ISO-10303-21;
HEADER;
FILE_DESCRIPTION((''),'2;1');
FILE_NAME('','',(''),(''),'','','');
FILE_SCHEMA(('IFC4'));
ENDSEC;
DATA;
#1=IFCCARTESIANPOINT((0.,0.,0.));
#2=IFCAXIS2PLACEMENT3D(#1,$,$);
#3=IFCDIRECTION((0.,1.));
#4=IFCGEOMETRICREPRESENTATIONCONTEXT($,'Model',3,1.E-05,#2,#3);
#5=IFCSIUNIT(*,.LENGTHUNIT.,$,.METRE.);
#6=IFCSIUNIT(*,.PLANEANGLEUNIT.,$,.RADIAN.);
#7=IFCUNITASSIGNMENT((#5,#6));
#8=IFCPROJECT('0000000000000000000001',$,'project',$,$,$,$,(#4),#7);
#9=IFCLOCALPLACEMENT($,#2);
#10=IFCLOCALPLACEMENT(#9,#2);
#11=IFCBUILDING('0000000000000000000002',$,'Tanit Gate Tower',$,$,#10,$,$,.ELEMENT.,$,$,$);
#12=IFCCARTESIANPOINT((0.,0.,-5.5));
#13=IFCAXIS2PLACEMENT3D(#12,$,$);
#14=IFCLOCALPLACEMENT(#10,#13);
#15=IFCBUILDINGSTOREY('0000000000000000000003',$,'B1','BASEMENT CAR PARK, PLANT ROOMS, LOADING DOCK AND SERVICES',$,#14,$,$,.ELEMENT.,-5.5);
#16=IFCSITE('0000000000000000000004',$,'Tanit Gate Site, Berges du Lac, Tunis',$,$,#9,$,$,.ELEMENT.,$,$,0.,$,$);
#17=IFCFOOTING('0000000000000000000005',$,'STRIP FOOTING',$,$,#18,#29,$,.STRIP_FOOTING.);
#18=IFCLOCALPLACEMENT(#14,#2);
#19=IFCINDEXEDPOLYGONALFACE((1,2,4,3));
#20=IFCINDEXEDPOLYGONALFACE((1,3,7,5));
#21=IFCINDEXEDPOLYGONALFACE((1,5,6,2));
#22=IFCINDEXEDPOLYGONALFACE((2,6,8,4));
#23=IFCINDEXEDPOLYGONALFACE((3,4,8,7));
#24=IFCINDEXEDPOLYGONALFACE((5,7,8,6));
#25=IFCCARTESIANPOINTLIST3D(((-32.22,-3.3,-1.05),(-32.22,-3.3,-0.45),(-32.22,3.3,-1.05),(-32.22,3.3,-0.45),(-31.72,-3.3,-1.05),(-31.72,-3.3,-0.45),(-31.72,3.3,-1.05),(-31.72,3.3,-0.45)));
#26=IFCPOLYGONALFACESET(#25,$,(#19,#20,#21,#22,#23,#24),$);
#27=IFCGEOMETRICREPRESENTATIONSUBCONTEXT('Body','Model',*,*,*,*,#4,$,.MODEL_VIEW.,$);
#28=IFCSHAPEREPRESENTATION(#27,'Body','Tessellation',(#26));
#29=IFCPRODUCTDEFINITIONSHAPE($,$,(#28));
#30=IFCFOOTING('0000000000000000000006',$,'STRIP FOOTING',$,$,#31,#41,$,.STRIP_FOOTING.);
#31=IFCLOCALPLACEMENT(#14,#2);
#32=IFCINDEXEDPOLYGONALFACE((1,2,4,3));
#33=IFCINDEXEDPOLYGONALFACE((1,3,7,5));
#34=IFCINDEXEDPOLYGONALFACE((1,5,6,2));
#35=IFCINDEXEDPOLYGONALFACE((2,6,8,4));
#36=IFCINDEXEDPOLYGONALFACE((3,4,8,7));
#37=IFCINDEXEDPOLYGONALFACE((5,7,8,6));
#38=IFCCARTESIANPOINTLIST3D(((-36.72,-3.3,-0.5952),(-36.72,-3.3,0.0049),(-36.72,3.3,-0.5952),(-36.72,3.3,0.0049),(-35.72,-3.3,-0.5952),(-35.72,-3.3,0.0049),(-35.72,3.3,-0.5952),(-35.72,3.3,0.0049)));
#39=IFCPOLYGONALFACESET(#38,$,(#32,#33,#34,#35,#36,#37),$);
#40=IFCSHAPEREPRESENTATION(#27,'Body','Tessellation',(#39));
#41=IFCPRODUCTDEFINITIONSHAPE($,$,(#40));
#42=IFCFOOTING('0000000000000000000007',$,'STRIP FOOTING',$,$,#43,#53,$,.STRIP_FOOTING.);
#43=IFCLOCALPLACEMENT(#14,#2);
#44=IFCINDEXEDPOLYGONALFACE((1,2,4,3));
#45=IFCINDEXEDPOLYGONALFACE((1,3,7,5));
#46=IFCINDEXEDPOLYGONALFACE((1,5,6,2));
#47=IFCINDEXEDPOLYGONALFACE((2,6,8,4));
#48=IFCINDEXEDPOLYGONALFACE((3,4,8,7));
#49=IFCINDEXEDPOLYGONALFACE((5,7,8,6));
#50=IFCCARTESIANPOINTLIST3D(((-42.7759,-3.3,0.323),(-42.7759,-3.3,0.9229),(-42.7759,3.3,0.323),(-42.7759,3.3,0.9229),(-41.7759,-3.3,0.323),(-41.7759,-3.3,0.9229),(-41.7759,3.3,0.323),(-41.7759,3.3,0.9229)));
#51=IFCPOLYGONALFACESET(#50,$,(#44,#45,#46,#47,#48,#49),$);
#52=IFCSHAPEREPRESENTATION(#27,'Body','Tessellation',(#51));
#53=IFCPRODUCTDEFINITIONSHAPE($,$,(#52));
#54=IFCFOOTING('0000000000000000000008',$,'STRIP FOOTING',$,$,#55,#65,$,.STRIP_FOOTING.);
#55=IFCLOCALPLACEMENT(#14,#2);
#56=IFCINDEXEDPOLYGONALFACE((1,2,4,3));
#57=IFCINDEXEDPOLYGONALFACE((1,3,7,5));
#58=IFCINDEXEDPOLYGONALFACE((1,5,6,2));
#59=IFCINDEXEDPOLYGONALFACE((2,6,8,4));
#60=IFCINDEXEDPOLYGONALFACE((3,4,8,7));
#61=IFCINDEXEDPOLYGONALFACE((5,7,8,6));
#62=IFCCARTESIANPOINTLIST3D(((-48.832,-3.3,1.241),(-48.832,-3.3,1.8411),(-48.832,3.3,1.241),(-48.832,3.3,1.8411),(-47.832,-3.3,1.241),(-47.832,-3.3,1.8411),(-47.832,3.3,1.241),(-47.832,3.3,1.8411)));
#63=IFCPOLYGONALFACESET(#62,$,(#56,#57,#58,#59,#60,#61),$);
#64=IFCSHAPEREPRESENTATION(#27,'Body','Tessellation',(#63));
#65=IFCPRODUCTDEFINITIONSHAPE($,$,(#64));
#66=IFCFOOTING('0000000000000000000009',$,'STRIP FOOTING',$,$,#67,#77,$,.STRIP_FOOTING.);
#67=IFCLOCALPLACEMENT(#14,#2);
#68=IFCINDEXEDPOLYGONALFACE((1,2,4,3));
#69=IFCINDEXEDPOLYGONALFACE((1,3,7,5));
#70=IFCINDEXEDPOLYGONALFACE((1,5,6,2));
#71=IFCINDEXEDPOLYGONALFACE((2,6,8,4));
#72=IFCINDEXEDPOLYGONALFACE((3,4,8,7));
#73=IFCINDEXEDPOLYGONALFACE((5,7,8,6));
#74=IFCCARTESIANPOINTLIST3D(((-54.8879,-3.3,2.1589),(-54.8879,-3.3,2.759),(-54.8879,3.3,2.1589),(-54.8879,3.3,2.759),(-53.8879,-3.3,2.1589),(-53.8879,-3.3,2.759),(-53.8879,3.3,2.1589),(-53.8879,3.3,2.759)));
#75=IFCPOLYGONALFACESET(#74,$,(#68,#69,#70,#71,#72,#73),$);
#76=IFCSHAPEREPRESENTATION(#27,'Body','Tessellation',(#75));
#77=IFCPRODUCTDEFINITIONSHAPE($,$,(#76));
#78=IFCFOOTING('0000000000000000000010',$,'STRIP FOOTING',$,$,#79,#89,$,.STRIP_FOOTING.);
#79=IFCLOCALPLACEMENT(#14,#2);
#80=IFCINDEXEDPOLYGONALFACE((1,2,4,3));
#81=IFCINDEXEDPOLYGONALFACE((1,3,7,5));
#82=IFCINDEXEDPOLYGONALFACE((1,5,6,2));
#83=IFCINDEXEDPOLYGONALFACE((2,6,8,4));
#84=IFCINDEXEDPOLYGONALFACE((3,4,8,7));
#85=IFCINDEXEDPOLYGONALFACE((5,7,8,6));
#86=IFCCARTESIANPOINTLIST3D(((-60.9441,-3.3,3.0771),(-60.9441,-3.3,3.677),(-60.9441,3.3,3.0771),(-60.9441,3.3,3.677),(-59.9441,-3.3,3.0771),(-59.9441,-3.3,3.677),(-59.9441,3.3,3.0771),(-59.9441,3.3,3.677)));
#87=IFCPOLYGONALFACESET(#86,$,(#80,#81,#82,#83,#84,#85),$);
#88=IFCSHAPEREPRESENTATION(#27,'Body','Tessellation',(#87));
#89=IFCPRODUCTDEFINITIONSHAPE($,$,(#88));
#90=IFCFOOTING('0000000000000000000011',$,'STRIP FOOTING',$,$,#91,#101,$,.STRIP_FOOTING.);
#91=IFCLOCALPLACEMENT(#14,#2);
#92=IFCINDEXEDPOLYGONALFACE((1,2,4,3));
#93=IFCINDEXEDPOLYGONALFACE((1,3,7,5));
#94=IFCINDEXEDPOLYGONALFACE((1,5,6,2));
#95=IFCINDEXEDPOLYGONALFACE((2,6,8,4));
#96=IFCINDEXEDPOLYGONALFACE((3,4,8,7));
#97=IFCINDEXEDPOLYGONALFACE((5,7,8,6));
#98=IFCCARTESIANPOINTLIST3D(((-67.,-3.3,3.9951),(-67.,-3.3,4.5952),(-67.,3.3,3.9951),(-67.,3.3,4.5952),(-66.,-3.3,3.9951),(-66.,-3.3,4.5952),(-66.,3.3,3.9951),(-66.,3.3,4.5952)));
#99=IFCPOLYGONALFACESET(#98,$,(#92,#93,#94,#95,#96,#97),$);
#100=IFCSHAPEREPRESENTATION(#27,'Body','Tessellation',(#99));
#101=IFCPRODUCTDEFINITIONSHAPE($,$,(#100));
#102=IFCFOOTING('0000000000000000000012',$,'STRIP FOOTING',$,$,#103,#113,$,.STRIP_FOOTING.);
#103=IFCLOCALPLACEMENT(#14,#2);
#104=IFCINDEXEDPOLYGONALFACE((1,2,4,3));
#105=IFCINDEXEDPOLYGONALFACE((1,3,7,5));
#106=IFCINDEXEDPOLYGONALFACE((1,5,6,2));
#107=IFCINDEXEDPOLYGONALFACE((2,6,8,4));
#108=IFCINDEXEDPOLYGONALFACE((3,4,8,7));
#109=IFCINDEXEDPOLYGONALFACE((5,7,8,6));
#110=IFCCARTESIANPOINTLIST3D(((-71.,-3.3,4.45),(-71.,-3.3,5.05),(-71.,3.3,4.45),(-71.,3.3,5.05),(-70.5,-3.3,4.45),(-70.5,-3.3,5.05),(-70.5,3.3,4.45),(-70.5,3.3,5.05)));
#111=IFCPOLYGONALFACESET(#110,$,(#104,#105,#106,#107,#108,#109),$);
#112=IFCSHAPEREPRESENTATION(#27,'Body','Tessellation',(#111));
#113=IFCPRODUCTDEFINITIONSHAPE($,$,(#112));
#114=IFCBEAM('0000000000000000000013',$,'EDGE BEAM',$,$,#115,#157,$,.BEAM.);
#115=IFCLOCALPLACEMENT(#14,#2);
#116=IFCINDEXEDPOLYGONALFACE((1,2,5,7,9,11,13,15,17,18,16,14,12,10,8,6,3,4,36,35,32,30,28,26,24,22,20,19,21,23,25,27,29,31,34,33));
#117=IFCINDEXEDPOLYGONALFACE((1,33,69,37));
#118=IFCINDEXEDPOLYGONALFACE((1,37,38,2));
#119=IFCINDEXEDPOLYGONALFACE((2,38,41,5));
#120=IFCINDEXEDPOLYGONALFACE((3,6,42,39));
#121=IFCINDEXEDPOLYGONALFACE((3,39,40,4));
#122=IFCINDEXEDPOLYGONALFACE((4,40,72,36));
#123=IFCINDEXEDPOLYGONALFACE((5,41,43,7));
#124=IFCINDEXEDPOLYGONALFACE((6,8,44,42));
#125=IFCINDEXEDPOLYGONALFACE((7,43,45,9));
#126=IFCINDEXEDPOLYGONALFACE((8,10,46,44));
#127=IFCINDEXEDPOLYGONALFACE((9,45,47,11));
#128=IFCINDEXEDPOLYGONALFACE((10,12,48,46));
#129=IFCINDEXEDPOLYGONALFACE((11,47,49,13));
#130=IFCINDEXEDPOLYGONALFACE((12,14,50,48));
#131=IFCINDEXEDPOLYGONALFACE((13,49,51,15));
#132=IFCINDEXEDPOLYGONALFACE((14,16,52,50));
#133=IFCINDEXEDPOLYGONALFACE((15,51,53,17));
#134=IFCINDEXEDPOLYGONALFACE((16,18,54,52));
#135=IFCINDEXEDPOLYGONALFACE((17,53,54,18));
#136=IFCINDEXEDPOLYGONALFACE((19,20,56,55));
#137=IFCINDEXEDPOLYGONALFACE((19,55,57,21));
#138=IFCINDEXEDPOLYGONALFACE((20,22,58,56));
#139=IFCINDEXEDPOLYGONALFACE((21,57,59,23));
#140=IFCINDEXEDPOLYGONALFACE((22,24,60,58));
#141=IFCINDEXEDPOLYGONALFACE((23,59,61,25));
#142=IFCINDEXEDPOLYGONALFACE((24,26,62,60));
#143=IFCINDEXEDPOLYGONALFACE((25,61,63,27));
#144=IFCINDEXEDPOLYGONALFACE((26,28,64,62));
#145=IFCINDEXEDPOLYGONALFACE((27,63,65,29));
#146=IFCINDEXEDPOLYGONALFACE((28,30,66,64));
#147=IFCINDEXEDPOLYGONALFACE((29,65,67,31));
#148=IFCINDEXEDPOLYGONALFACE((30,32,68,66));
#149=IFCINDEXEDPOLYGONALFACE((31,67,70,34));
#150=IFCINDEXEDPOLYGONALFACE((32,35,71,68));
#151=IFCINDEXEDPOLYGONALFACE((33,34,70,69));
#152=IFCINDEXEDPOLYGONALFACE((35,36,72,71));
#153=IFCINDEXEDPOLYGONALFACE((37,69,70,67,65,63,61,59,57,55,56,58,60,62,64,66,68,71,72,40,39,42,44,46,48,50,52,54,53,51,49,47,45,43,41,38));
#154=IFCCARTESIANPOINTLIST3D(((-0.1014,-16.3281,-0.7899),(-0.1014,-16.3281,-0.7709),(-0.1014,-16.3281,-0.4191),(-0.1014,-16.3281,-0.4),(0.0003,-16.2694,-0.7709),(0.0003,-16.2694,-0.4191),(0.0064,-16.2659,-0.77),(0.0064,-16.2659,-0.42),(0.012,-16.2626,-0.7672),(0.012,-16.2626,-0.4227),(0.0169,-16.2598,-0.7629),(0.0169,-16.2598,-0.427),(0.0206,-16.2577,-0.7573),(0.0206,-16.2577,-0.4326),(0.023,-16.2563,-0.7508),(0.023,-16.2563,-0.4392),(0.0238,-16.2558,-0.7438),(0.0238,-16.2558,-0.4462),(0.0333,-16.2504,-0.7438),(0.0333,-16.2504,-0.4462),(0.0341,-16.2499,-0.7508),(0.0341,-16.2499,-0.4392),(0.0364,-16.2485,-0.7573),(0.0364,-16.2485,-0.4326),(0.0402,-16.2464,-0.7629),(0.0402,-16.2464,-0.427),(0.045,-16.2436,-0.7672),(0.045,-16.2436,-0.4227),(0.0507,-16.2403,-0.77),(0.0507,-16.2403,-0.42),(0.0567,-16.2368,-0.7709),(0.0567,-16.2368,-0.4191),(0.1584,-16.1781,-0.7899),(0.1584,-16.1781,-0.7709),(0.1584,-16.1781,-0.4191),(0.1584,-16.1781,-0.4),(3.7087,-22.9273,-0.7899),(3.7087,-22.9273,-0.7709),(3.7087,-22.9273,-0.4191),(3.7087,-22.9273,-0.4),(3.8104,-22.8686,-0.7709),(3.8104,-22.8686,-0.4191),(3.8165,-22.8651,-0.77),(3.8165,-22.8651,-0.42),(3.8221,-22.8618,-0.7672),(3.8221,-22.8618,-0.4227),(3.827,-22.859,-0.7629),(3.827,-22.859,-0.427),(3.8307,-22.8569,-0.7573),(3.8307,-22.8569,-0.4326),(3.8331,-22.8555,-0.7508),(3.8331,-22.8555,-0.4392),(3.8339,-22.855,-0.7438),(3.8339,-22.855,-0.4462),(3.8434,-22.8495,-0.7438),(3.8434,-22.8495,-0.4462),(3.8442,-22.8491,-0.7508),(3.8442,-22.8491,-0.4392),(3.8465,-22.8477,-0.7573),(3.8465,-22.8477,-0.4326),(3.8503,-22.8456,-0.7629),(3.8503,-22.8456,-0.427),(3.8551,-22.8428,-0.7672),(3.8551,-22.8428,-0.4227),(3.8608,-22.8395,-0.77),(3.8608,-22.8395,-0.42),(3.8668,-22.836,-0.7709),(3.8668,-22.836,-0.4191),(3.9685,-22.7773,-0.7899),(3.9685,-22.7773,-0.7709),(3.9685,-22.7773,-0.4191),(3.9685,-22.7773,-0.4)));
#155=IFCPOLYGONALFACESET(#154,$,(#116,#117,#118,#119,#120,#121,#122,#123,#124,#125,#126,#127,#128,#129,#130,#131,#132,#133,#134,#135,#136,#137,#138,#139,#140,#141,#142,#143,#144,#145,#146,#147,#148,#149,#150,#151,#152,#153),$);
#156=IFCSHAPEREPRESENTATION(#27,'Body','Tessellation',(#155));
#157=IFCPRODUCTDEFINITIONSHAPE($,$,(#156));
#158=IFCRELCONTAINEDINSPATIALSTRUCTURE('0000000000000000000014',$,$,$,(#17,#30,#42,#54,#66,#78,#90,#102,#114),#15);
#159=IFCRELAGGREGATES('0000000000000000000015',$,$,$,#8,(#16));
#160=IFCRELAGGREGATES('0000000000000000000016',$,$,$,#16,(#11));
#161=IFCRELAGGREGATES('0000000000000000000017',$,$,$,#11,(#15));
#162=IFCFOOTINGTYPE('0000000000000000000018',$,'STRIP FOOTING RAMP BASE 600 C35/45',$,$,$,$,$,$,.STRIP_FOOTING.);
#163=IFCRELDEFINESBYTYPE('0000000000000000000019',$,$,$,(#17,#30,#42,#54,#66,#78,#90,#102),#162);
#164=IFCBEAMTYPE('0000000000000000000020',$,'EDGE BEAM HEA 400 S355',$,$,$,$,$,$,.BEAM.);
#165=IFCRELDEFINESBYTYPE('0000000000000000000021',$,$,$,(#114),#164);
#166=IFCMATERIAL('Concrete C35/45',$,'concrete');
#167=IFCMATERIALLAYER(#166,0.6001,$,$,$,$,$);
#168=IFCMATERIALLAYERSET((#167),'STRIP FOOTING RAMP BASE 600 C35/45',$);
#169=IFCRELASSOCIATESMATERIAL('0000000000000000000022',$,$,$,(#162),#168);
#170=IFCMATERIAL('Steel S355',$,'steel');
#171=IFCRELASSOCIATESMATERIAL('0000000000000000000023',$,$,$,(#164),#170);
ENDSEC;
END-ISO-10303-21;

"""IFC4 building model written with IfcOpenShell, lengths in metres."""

from ifc_helpers import new_model, si_unit, direction, frame, origin, origin_2d, place, context, subcontext, project, spatial, polyline, i_section, outline, extrude, material, layer, layer_set, material_profile, profile_set, type_object, element, save


model = new_model("IFC4")

# Units and contexts
model_context = context("Model", 3, precision=1e-05, world=origin(), true_north=direction((0.0, 1.0)))
body_context = subcontext(model_context, "Body", "Model", "MODEL_VIEW")
ifc_project = project(units=[si_unit("LENGTHUNIT", "METRE"), si_unit("PLANEANGLEUNIT", "RADIAN")], contexts=[model_context])

# Site, building, storey
site_placement = place(None, origin())
site = spatial("IfcSite", under=ifc_project, at=site_placement, Name="Tanit Gate Site, Berges du Lac, Tunis", CompositionType="ELEMENT", RefElevation=0.0)
building_placement = place(site_placement, origin())
building = spatial("IfcBuilding", under=site, at=building_placement, Name="Tanit Gate Tower", CompositionType="ELEMENT")
storey_placement = place(building_placement, frame((0.0, 0.0, -5.5)))
storey = spatial("IfcBuildingStorey", under=building, at=storey_placement, Name="B1", Description="BASEMENT CAR PARK, PLANT ROOMS, LOADING DOCK AND SERVICES", CompositionType="ELEMENT", Elevation=-5.5)

# Footings
ifc_material_1 = material(Name="Concrete C35/45", Category="concrete")
ifc_layer_1 = layer(ifc_material_1, 0.6001)
ifc_layer_set_1 = layer_set([ifc_layer_1], Name="STRIP FOOTING RAMP BASE 600 C35/45")
footing_type_1 = type_object("IfcFootingType", Name="STRIP FOOTING RAMP BASE 600 C35/45", PredefinedType="STRIP_FOOTING", material=ifc_layer_set_1)
footing_1_placement = place(storey_placement, frame((0.0, 0.0, -1.05)))
element("IfcFooting", 1, at=footing_1_placement, inside=storey, type_object=footing_type_1, Name="STRIP FOOTING", PredefinedType="STRIP_FOOTING", context=body_context, shape_type="SweptSolid", body=[
    extrude(outline(polyline([(-31.72, -3.3), (-32.22, -3.3), (-32.22, 3.3), (-31.72, 3.3), (-31.72, -3.3)])), origin(), (0.0, 0.0, 1.0), 0.6001),
])
footing_2_placement = place(storey_placement, frame((0.0, 0.0, -0.5952)))
element("IfcFooting", 2, at=footing_2_placement, inside=storey, type_object=footing_type_1, Name="STRIP FOOTING", PredefinedType="STRIP_FOOTING", context=body_context, shape_type="SweptSolid", body=[
    extrude(outline(polyline([(-35.72, -3.3), (-36.72, -3.3), (-36.72, 3.3), (-35.72, 3.3), (-35.72, -3.3)])), origin(), (0.0, 0.0, 1.0), 0.6001),
])
footing_3_placement = place(storey_placement, frame((0.0, 0.0, 0.323)))
element("IfcFooting", 3, at=footing_3_placement, inside=storey, type_object=footing_type_1, Name="STRIP FOOTING", PredefinedType="STRIP_FOOTING", context=body_context, shape_type="SweptSolid", body=[
    extrude(outline(polyline([(-41.7759, -3.3), (-42.7759, -3.3), (-42.7759, 3.3), (-41.7759, 3.3), (-41.7759, -3.3)])), origin(), (0.0, 0.0, 1.0), 0.5999),
])
footing_4_placement = place(storey_placement, frame((0.0, 0.0, 1.241)))
element("IfcFooting", 4, at=footing_4_placement, inside=storey, type_object=footing_type_1, Name="STRIP FOOTING", PredefinedType="STRIP_FOOTING", context=body_context, shape_type="SweptSolid", body=[
    extrude(outline(polyline([(-47.832, -3.3), (-48.832, -3.3), (-48.832, 3.3), (-47.832, 3.3), (-47.832, -3.3)])), origin(), (0.0, 0.0, 1.0), 0.6001),
])
footing_5_placement = place(storey_placement, frame((0.0, 0.0, 2.1589)))
element("IfcFooting", 5, at=footing_5_placement, inside=storey, type_object=footing_type_1, Name="STRIP FOOTING", PredefinedType="STRIP_FOOTING", context=body_context, shape_type="SweptSolid", body=[
    extrude(outline(polyline([(-53.8879, -3.3), (-54.8879, -3.3), (-54.8879, 3.3), (-53.8879, 3.3), (-53.8879, -3.3)])), origin(), (0.0, 0.0, 1.0), 0.6001),
])
footing_6_placement = place(storey_placement, frame((0.0, 0.0, 3.0771)))
element("IfcFooting", 6, at=footing_6_placement, inside=storey, type_object=footing_type_1, Name="STRIP FOOTING", PredefinedType="STRIP_FOOTING", context=body_context, shape_type="SweptSolid", body=[
    extrude(outline(polyline([(-59.9441, -3.3), (-60.9441, -3.3), (-60.9441, 3.3), (-59.9441, 3.3), (-59.9441, -3.3)])), origin(), (0.0, 0.0, 1.0), 0.5999),
])
footing_7_placement = place(storey_placement, frame((0.0, 0.0, 3.9951)))
element("IfcFooting", 7, at=footing_7_placement, inside=storey, type_object=footing_type_1, Name="STRIP FOOTING", PredefinedType="STRIP_FOOTING", context=body_context, shape_type="SweptSolid", body=[
    extrude(outline(polyline([(-66.0, -3.3), (-67.0, -3.3), (-67.0, 3.3), (-66.0, 3.3), (-66.0, -3.3)])), origin(), (0.0, 0.0, 1.0), 0.6001),
])
footing_8_placement = place(storey_placement, frame((0.0, 0.0, 4.45)))
element("IfcFooting", 8, at=footing_8_placement, inside=storey, type_object=footing_type_1, Name="STRIP FOOTING", PredefinedType="STRIP_FOOTING", context=body_context, shape_type="SweptSolid", body=[
    extrude(outline(polyline([(-70.5, -3.3), (-71.0, -3.3), (-71.0, 3.3), (-70.5, 3.3), (-70.5, -3.3)])), origin(), (0.0, 0.0, 1.0), 0.6001),
])

# Beam
ifc_material_2 = material(Name="Steel S355", Category="steel")
ifc_material_profile_1 = material_profile(ifc_material_2, i_section(OverallWidth=0.3, OverallDepth=0.3899, WebThickness=0.011, FlangeThickness=0.019, FilletRadius=0.0271, at=origin_2d()), Name="HEA 400")
ifc_profile_set_1 = profile_set([ifc_material_profile_1], Name="Steel S355")
beam_type_1 = type_object("IfcBeamType", Name="EDGE BEAM HEA 400 S355", PredefinedType="BEAM", material=ifc_profile_set_1)
beam_1_placement = place(storey_placement, frame((3.8386, -22.8523, -0.595), z_axis=(-0.500005, 0.866022, 0.0), x_axis=(-0.866022, -0.500005, 0.0)))
element("IfcBeam", 9, at=beam_1_placement, inside=storey, type_object=beam_type_1, Name="EDGE BEAM", PredefinedType="BEAM", context=body_context, shape_type="SweptSolid", body=[
    extrude(i_section(OverallWidth=0.3, OverallDepth=0.3899, WebThickness=0.011, FlangeThickness=0.019, FilletRadius=0.0271, at=origin_2d()), origin(), (0.0, 0.0, 1.0), 7.6201),
])

save(model, "model.ifc")
